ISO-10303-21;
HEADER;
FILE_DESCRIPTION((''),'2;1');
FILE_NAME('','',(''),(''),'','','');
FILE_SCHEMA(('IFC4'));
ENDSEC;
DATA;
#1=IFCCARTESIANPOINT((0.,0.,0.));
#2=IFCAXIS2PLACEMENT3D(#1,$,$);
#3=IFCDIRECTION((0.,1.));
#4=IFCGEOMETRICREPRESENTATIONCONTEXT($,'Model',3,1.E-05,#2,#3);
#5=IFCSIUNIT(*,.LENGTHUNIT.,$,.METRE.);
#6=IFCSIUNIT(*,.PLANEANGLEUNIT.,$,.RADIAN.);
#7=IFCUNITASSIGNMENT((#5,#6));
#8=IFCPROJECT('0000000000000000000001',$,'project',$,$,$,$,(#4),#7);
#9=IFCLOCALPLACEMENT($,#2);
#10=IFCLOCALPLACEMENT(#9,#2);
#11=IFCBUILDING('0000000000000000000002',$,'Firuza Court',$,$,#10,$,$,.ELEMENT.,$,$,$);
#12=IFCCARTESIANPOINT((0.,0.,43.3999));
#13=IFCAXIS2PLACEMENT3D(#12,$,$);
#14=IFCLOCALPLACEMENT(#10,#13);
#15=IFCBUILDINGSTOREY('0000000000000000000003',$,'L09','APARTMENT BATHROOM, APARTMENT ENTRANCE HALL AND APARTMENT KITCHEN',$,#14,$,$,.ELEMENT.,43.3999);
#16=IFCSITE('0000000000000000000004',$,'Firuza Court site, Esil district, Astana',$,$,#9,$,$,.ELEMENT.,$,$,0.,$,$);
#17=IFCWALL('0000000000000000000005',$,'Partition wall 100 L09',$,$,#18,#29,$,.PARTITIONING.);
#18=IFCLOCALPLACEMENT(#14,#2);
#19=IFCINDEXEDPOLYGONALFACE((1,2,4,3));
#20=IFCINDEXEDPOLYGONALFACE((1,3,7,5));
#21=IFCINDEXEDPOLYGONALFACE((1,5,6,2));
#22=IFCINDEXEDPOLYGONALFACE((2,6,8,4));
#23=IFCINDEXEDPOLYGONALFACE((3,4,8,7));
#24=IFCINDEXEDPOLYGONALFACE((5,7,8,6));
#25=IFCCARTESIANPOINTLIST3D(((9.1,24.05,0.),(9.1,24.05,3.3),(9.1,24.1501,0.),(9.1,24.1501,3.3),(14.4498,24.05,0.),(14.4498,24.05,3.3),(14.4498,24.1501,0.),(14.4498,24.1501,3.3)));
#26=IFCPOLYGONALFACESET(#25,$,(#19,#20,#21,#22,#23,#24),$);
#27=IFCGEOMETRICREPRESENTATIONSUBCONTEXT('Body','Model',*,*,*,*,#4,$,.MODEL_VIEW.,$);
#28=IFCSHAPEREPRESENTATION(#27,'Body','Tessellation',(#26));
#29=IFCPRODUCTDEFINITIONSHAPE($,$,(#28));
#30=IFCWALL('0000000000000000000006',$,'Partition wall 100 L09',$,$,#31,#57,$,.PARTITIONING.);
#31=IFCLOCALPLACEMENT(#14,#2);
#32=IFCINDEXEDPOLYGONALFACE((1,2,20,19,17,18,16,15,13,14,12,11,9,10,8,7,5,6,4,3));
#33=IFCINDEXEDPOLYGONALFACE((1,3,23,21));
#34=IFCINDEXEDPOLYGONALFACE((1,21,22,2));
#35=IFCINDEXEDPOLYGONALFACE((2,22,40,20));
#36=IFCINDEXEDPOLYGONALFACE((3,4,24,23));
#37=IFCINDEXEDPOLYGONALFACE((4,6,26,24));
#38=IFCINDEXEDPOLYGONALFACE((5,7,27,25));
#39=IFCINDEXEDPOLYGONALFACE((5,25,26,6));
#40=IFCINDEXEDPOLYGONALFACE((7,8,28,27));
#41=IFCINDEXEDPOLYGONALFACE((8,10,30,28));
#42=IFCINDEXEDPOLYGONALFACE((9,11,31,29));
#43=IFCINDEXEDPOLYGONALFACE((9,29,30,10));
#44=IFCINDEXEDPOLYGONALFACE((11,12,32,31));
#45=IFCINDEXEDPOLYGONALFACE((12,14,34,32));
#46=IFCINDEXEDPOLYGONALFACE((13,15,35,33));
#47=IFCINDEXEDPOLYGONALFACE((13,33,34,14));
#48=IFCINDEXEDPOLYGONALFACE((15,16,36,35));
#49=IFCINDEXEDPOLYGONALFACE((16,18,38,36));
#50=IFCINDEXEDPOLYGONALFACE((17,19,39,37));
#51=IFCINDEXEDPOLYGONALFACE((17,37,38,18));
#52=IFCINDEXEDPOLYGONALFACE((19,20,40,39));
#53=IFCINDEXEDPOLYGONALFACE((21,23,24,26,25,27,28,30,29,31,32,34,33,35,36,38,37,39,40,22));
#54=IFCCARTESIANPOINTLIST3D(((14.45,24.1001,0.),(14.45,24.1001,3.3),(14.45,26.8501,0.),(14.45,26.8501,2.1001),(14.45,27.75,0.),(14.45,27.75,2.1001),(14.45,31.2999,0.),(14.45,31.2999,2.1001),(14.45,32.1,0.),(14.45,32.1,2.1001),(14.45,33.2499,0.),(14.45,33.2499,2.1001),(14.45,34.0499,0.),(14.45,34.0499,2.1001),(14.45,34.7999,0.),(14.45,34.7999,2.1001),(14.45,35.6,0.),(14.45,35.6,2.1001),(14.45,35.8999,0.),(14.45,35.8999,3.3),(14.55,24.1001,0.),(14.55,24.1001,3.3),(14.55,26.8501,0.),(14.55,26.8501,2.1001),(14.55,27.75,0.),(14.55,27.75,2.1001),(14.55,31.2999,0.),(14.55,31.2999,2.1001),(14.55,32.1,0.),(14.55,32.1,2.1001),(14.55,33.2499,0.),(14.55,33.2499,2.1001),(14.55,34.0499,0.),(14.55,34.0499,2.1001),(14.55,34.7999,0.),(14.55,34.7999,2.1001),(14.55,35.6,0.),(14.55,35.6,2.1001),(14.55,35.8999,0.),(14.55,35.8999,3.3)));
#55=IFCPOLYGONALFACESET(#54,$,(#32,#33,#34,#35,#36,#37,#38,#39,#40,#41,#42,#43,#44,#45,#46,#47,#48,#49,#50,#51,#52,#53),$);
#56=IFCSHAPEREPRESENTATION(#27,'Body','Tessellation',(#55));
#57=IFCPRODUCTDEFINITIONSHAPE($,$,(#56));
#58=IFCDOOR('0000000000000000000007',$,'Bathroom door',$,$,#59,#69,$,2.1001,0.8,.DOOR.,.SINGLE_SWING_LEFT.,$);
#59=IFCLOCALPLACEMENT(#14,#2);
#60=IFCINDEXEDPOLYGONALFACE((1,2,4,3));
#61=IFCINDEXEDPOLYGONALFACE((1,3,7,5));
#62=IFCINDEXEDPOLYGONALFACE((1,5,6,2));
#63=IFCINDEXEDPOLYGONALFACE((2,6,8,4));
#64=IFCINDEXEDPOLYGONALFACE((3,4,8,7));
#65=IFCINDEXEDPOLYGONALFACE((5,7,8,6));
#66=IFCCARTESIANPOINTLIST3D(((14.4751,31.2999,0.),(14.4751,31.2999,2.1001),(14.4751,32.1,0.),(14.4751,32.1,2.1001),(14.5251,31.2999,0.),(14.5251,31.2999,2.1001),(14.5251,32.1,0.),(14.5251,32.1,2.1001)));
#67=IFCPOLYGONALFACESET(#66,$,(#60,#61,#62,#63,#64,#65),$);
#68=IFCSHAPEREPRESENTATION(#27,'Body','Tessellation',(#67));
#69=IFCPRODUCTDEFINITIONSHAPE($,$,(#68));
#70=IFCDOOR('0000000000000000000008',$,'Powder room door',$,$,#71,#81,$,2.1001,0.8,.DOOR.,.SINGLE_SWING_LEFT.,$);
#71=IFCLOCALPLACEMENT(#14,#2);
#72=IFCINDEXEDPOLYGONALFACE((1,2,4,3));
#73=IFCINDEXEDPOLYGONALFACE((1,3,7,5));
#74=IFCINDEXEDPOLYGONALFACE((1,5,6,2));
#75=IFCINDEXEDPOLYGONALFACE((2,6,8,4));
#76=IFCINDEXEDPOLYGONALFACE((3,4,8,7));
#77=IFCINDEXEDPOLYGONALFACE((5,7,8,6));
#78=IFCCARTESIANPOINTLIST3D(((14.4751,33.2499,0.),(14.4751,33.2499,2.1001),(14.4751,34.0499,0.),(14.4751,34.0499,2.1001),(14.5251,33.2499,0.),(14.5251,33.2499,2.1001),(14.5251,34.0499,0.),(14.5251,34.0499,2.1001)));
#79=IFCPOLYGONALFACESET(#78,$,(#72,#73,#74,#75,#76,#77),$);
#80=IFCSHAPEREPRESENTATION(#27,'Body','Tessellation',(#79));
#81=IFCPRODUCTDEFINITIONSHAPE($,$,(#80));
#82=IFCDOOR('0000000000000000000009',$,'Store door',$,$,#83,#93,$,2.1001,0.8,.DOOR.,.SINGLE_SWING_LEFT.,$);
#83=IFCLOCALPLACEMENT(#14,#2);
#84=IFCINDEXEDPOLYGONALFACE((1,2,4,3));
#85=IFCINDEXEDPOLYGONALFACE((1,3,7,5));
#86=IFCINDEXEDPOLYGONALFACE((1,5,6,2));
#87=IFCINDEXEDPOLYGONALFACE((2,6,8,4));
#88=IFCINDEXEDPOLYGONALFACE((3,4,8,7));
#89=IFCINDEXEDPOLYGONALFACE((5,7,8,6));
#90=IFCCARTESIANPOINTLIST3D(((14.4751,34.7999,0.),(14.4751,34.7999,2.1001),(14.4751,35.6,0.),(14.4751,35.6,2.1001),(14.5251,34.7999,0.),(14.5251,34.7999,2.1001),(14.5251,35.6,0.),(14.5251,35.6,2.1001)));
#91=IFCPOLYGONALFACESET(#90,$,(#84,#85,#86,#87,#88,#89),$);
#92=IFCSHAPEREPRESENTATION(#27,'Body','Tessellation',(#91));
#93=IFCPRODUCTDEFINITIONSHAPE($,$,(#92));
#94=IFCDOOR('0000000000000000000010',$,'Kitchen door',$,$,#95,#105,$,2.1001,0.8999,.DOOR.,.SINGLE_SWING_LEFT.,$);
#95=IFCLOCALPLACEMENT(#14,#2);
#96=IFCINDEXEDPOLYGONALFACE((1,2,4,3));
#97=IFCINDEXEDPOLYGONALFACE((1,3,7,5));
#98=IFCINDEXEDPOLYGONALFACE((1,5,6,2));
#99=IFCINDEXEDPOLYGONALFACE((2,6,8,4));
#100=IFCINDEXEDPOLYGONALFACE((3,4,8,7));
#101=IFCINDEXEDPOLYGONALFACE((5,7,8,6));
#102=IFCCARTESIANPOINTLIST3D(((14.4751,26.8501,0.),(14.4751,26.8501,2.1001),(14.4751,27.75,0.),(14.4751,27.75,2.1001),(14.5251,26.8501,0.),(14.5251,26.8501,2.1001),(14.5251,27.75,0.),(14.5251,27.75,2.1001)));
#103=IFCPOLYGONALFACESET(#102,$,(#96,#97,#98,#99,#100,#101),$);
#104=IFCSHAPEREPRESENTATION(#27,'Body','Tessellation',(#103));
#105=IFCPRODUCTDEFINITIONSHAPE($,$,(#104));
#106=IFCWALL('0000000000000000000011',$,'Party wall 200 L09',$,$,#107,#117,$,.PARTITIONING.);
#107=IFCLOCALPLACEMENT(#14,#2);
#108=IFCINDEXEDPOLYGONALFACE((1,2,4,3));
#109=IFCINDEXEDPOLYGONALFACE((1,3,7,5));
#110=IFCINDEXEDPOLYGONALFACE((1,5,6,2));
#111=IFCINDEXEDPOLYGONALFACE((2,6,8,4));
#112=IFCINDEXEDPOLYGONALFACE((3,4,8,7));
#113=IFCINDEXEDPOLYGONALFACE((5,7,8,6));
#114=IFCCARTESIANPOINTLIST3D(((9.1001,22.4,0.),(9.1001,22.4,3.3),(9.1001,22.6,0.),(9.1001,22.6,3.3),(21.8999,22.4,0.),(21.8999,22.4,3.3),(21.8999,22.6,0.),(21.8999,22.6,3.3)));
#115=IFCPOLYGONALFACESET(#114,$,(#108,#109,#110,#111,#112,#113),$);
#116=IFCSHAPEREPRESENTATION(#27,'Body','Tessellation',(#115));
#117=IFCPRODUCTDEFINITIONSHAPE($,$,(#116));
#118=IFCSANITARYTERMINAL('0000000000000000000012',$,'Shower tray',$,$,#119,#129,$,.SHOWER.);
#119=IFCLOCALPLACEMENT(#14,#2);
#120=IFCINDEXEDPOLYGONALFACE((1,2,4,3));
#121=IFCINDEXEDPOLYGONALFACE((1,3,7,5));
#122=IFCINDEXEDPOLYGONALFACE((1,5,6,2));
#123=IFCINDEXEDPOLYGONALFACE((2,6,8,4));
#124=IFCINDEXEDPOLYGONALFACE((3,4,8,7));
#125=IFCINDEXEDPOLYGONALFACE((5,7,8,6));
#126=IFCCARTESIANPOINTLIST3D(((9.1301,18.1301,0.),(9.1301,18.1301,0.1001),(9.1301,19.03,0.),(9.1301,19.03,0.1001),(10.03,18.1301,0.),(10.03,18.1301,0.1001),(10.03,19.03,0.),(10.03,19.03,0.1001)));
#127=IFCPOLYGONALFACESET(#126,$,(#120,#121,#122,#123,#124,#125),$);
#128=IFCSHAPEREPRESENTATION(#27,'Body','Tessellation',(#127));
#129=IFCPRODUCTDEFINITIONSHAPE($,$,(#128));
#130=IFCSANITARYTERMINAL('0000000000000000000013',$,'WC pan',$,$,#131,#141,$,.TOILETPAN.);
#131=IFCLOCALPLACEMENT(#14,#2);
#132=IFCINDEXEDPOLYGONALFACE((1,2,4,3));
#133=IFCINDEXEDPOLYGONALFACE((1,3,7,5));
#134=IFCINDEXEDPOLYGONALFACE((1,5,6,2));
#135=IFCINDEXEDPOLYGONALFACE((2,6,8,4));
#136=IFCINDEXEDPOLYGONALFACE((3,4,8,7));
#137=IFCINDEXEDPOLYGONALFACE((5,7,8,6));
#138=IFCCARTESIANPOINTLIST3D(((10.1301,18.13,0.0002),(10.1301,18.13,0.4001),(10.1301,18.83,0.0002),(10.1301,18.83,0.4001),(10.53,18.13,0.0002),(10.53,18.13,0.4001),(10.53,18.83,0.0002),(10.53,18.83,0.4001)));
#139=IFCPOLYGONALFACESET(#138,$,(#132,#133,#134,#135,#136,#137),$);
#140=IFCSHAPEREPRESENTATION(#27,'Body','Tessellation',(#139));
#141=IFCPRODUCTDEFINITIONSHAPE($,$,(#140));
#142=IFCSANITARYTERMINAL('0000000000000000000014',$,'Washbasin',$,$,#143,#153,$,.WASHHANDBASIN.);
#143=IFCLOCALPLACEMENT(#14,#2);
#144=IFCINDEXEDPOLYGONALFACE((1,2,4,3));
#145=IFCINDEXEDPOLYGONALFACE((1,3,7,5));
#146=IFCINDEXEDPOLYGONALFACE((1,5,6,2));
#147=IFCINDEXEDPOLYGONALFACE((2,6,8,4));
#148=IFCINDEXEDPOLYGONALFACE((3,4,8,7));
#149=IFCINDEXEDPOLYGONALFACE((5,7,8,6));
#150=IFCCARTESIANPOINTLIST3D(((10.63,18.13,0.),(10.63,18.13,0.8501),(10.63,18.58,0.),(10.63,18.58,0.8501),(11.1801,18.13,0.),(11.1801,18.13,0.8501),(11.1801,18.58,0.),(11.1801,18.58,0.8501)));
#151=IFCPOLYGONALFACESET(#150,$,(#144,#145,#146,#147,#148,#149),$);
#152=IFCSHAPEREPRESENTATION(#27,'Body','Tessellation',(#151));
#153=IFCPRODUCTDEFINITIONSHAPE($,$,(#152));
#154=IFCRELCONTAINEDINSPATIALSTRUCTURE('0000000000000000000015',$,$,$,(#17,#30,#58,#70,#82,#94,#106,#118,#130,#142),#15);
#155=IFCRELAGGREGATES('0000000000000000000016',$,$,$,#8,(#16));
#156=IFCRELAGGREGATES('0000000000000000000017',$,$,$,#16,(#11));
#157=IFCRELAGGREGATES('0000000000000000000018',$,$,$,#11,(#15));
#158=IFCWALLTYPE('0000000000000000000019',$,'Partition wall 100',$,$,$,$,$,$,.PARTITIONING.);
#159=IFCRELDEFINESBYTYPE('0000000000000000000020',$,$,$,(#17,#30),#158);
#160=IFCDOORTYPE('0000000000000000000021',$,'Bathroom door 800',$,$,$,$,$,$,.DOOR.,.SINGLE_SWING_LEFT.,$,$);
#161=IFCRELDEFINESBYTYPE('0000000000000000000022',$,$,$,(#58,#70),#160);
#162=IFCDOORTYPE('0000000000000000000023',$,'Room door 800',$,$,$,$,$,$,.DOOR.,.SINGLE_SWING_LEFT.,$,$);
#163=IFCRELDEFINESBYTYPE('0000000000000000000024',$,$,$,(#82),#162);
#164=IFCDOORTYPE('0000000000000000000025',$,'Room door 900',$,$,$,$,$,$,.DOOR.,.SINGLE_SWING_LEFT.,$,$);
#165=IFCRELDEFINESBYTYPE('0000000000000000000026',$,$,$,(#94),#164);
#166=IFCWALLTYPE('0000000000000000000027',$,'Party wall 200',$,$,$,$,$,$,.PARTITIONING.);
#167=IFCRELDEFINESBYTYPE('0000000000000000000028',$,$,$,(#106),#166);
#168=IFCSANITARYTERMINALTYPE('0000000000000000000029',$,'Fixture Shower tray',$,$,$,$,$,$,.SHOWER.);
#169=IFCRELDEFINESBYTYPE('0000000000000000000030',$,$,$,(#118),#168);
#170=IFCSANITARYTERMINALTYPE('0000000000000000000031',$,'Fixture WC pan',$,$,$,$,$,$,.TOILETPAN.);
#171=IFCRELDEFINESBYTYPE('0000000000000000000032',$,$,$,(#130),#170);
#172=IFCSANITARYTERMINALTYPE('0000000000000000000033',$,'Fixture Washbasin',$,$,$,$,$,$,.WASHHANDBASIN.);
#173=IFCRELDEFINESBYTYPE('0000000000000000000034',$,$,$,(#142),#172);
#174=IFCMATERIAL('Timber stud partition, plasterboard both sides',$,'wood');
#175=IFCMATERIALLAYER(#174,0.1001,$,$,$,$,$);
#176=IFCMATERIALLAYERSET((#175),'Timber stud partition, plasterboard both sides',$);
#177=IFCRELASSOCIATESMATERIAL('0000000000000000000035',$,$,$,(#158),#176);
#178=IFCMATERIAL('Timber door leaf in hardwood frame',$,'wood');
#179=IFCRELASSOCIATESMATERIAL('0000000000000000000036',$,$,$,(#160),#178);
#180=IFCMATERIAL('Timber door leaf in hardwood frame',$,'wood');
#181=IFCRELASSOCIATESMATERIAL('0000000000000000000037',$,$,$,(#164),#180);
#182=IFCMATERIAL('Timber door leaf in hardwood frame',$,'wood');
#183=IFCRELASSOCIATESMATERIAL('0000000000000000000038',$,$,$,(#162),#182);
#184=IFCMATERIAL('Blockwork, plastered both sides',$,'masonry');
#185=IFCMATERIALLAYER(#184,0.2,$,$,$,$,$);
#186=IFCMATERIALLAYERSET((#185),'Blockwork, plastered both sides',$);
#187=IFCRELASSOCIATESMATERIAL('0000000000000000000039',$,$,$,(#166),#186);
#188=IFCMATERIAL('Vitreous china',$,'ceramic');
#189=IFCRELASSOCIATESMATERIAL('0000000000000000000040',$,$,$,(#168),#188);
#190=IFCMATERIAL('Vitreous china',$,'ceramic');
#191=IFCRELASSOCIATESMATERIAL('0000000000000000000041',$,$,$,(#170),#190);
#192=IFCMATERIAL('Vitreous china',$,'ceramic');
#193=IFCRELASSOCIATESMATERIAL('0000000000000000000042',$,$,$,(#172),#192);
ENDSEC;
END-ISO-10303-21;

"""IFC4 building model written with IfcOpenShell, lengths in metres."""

from ifc_helpers import new_model, si_unit, direction, frame, frame_2d, origin, origin_2d, place, context, subcontext, project, spatial, rectangle, extrude, material, layer, layer_set, type_object, element, fill, save


model = new_model("IFC4")

# Units and contexts
model_context = context("Model", 3, precision=1e-05, world=origin(), true_north=direction((0.0, 1.0)))
body_context = subcontext(model_context, "Body", "Model", "MODEL_VIEW")
ifc_project = project(units=[si_unit("LENGTHUNIT", "METRE"), si_unit("PLANEANGLEUNIT", "RADIAN")], contexts=[model_context])

# Site, building, storey
site_placement = place(None, origin())
site = spatial("IfcSite", under=ifc_project, at=site_placement, Name="Firuza Court site, Esil district, Astana", CompositionType="ELEMENT", RefElevation=0.0)
building_placement = place(site_placement, origin())
building = spatial("IfcBuilding", under=site, at=building_placement, Name="Firuza Court", CompositionType="ELEMENT")
storey_placement = place(building_placement, frame((0.0, 0.0, 43.3999)))
storey = spatial("IfcBuildingStorey", under=building, at=storey_placement, Name="L09", Description="APARTMENT BATHROOM, APARTMENT ENTRANCE HALL AND APARTMENT KITCHEN", CompositionType="ELEMENT", Elevation=43.3999)

# Shared definitions
ifc_material_1 = material(Name="Timber stud partition, plasterboard both sides", Category="wood")
ifc_layer_1 = layer(ifc_material_1, 0.1001)
ifc_layer_set_1 = layer_set([ifc_layer_1], Name="Timber stud partition, plasterboard both sides")
wall_type_1 = type_object("IfcWallType", Name="Partition wall 100", PredefinedType="PARTITIONING", material=ifc_layer_set_1)
ifc_material_2 = material(Name="Timber door leaf in hardwood frame", Category="wood")
door_type_1 = type_object("IfcDoorType", Name="Bathroom door 800", OperationType="SINGLE_SWING_LEFT", PredefinedType="DOOR", material=ifc_material_2)
ifc_material_3 = material(Name="Timber door leaf in hardwood frame", Category="wood")
door_type_2 = type_object("IfcDoorType", Name="Room door 900", OperationType="SINGLE_SWING_LEFT", PredefinedType="DOOR", material=ifc_material_3)

# Shared definitions
ifc_material_4 = material(Name="Timber door leaf in hardwood frame", Category="wood")
door_type_3 = type_object("IfcDoorType", Name="Room door 800", OperationType="SINGLE_SWING_LEFT", PredefinedType="DOOR", material=ifc_material_4)

# Wall
wall_1_placement = place(storey_placement, frame((9.1001, 24.1001, 0.0), z_axis=(0.0, 0.0, 1.0), x_axis=(1.0, 0.0, 0.0)))
element("IfcWall", 1, at=wall_1_placement, inside=storey, type_object=wall_type_1, Name="Partition wall 100 L09", PredefinedType="PARTITIONING", context=body_context, shape_type="SweptSolid", body=[
    extrude(rectangle(XDim=5.3499, YDim=0.1001, at=frame_2d((2.6748, 0.0))), origin(), (0.0, 0.0, 1.0), 3.3),
])

# Wall, openings, doors
wall_2_placement = place(storey_placement, frame((14.5, 24.1001, 0.0), z_axis=(0.0, 0.0, 1.0), x_axis=(0.0, 1.0, 0.0)))
wall_2 = element("IfcWall", 2, at=wall_2_placement, inside=storey, type_object=wall_type_1, Name="Partition wall 100 L09", PredefinedType="PARTITIONING", context=body_context, shape_type="SweptSolid", body=[
    extrude(rectangle(XDim=11.7998, YDim=0.1001, at=frame_2d((5.8999, 0.0))), origin(), (0.0, 0.0, 1.0), 3.3),
])
opening_1_placement = place(wall_2_placement, frame((7.2, 0.0, 0.0)))
opening_1 = element("IfcOpeningElement", 3, at=opening_1_placement, cuts=wall_2, PredefinedType="OPENING", context=body_context, shape_type="SweptSolid", body=[
    extrude(rectangle(XDim=0.8, YDim=2.1001, at=frame_2d((0.3999, 1.05))), frame((0.0, 0.062, 0.0), z_axis=(0.0, -1.0, 0.0), x_axis=(1.0, 0.0, 0.0)), (0.0, 0.0, 1.0), 0.124),
])
opening_2_placement = place(wall_2_placement, frame((2.75, 0.0, 0.0)))
opening_2 = element("IfcOpeningElement", 4, at=opening_2_placement, cuts=wall_2, PredefinedType="OPENING", context=body_context, shape_type="SweptSolid", body=[
    extrude(rectangle(XDim=0.8999, YDim=2.1001, at=frame_2d((0.45, 1.05))), frame((0.0, 0.062, 0.0), z_axis=(0.0, -1.0, 0.0), x_axis=(1.0, 0.0, 0.0)), (0.0, 0.0, 1.0), 0.124),
])
opening_3_placement = place(wall_2_placement, frame((10.7, 0.0, 0.0)))
opening_3 = element("IfcOpeningElement", 5, at=opening_3_placement, cuts=wall_2, PredefinedType="OPENING", context=body_context, shape_type="SweptSolid", body=[
    extrude(rectangle(XDim=0.8, YDim=2.1001, at=frame_2d((0.3999, 1.05))), frame((0.0, 0.062, 0.0), z_axis=(0.0, -1.0, 0.0), x_axis=(1.0, 0.0, 0.0)), (0.0, 0.0, 1.0), 0.124),
])
opening_4_placement = place(wall_2_placement, frame((9.1499, 0.0, 0.0)))
opening_4 = element("IfcOpeningElement", 6, at=opening_4_placement, cuts=wall_2, PredefinedType="OPENING", context=body_context, shape_type="SweptSolid", body=[
    extrude(rectangle(XDim=0.8, YDim=2.1001, at=frame_2d((0.3999, 1.05))), frame((0.0, 0.062, 0.0), z_axis=(0.0, -1.0, 0.0), x_axis=(1.0, 0.0, 0.0)), (0.0, 0.0, 1.0), 0.124),
])
door_1_placement = place(opening_1_placement, origin())
door_1 = element("IfcDoor", 7, at=door_1_placement, inside=storey, type_object=door_type_1, Name="Bathroom door", OperationType="SINGLE_SWING_LEFT", OverallHeight=2.1001, OverallWidth=0.8, PredefinedType="DOOR", context=body_context, shape_type="SweptSolid", body=[
    extrude(rectangle(XDim=0.8, YDim=2.1001, at=frame_2d((0.3999, 1.05))), frame((0.0, 0.0249, 0.0), z_axis=(0.0, -1.0, 0.0), x_axis=(1.0, 0.0, 0.0)), (0.0, 0.0, 1.0), 0.05),
])
fill(opening_1, door_1)
door_2_placement = place(opening_4_placement, origin())
door_2 = element("IfcDoor", 8, at=door_2_placement, inside=storey, type_object=door_type_1, Name="Powder room door", OperationType="SINGLE_SWING_LEFT", OverallHeight=2.1001, OverallWidth=0.8, PredefinedType="DOOR", context=body_context, shape_type="SweptSolid", body=[
    extrude(rectangle(XDim=0.8, YDim=2.1001, at=frame_2d((0.3999, 1.05))), frame((0.0, 0.0249, 0.0), z_axis=(0.0, -1.0, 0.0), x_axis=(1.0, 0.0, 0.0)), (0.0, 0.0, 1.0), 0.05),
])
fill(opening_4, door_2)
door_3_placement = place(opening_3_placement, origin())
door_3 = element("IfcDoor", 9, at=door_3_placement, inside=storey, type_object=door_type_3, Name="Store door", OperationType="SINGLE_SWING_LEFT", OverallHeight=2.1001, OverallWidth=0.8, PredefinedType="DOOR", context=body_context, shape_type="SweptSolid", body=[
    extrude(rectangle(XDim=0.8, YDim=2.1001, at=frame_2d((0.3999, 1.05))), frame((0.0, 0.0249, 0.0), z_axis=(0.0, -1.0, 0.0), x_axis=(1.0, 0.0, 0.0)), (0.0, 0.0, 1.0), 0.05),
])
fill(opening_3, door_3)
door_4_placement = place(opening_2_placement, origin())
door_4 = element("IfcDoor", 10, at=door_4_placement, inside=storey, type_object=door_type_2, Name="Kitchen door", OperationType="SINGLE_SWING_LEFT", OverallHeight=2.1001, OverallWidth=0.8999, PredefinedType="DOOR", context=body_context, shape_type="SweptSolid", body=[
    extrude(rectangle(XDim=0.8999, YDim=2.1001, at=frame_2d((0.45, 1.05))), frame((0.0, 0.0249, 0.0), z_axis=(0.0, -1.0, 0.0), x_axis=(1.0, 0.0, 0.0)), (0.0, 0.0, 1.0), 0.05),
])
fill(opening_2, door_4)

# Wall
ifc_material_5 = material(Name="Blockwork, plastered both sides", Category="masonry")
ifc_layer_2 = layer(ifc_material_5, 0.2)
ifc_layer_set_2 = layer_set([ifc_layer_2], Name="Blockwork, plastered both sides")
wall_type_2 = type_object("IfcWallType", Name="Party wall 200", PredefinedType="PARTITIONING", material=ifc_layer_set_2)
wall_3_placement = place(storey_placement, frame((9.1001, 22.5, 0.0), z_axis=(0.0, 0.0, 1.0), x_axis=(1.0, 0.0, 0.0)))
element("IfcWall", 11, at=wall_3_placement, inside=storey, type_object=wall_type_2, Name="Party wall 200 L09", PredefinedType="PARTITIONING", context=body_context, shape_type="SweptSolid", body=[
    extrude(rectangle(XDim=12.7998, YDim=0.2, at=frame_2d((6.3999, 0.0))), origin(), (0.0, 0.0, 1.0), 3.3),
])

# Sanitary terminals
ifc_material_6 = material(Name="Vitreous china", Category="ceramic")
sanitary_terminal_type_1 = type_object("IfcSanitaryTerminalType", Name="Fixture Shower tray", PredefinedType="SHOWER", material=ifc_material_6)
sanitary_terminal_1_placement = place(storey_placement, frame((9.5801, 18.5801, 0.0), z_axis=(0.0, 0.0, 1.0), x_axis=(1.0, 0.0, 0.0)))
element("IfcSanitaryTerminal", 12, at=sanitary_terminal_1_placement, inside=storey, type_object=sanitary_terminal_type_1, Name="Shower tray", PredefinedType="SHOWER", context=body_context, shape_type="SweptSolid", body=[
    extrude(rectangle(XDim=0.8999, YDim=0.8999, at=origin_2d()), origin(), (0.0, 0.0, 1.0), 0.1001),
])
ifc_material_7 = material(Name="Vitreous china", Category="ceramic")
sanitary_terminal_type_2 = type_object("IfcSanitaryTerminalType", Name="Fixture WC pan", PredefinedType="TOILETPAN", material=ifc_material_7)
sanitary_terminal_2_placement = place(storey_placement, frame((10.3301, 18.48, 0.0002), z_axis=(0.0, 0.0, 1.0), x_axis=(1.0, 0.0, 0.0)))
element("IfcSanitaryTerminal", 13, at=sanitary_terminal_2_placement, inside=storey, type_object=sanitary_terminal_type_2, Name="WC pan", PredefinedType="TOILETPAN", context=body_context, shape_type="SweptSolid", body=[
    extrude(rectangle(XDim=0.3999, YDim=0.7, at=origin_2d()), origin(), (0.0, 0.0, 1.0), 0.3999),
])
ifc_material_8 = material(Name="Vitreous china", Category="ceramic")
sanitary_terminal_type_3 = type_object("IfcSanitaryTerminalType", Name="Fixture Washbasin", PredefinedType="WASHHANDBASIN", material=ifc_material_8)
sanitary_terminal_3_placement = place(storey_placement, frame((10.905, 18.355, 0.0), z_axis=(0.0, 0.0, 1.0), x_axis=(1.0, 0.0, 0.0)))
element("IfcSanitaryTerminal", 14, at=sanitary_terminal_3_placement, inside=storey, type_object=sanitary_terminal_type_3, Name="Washbasin", PredefinedType="WASHHANDBASIN", context=body_context, shape_type="SweptSolid", body=[
    extrude(rectangle(XDim=0.55, YDim=0.45, at=origin_2d()), origin(), (0.0, 0.0, 1.0), 0.8501),
])

save(model, "model.ifc")
